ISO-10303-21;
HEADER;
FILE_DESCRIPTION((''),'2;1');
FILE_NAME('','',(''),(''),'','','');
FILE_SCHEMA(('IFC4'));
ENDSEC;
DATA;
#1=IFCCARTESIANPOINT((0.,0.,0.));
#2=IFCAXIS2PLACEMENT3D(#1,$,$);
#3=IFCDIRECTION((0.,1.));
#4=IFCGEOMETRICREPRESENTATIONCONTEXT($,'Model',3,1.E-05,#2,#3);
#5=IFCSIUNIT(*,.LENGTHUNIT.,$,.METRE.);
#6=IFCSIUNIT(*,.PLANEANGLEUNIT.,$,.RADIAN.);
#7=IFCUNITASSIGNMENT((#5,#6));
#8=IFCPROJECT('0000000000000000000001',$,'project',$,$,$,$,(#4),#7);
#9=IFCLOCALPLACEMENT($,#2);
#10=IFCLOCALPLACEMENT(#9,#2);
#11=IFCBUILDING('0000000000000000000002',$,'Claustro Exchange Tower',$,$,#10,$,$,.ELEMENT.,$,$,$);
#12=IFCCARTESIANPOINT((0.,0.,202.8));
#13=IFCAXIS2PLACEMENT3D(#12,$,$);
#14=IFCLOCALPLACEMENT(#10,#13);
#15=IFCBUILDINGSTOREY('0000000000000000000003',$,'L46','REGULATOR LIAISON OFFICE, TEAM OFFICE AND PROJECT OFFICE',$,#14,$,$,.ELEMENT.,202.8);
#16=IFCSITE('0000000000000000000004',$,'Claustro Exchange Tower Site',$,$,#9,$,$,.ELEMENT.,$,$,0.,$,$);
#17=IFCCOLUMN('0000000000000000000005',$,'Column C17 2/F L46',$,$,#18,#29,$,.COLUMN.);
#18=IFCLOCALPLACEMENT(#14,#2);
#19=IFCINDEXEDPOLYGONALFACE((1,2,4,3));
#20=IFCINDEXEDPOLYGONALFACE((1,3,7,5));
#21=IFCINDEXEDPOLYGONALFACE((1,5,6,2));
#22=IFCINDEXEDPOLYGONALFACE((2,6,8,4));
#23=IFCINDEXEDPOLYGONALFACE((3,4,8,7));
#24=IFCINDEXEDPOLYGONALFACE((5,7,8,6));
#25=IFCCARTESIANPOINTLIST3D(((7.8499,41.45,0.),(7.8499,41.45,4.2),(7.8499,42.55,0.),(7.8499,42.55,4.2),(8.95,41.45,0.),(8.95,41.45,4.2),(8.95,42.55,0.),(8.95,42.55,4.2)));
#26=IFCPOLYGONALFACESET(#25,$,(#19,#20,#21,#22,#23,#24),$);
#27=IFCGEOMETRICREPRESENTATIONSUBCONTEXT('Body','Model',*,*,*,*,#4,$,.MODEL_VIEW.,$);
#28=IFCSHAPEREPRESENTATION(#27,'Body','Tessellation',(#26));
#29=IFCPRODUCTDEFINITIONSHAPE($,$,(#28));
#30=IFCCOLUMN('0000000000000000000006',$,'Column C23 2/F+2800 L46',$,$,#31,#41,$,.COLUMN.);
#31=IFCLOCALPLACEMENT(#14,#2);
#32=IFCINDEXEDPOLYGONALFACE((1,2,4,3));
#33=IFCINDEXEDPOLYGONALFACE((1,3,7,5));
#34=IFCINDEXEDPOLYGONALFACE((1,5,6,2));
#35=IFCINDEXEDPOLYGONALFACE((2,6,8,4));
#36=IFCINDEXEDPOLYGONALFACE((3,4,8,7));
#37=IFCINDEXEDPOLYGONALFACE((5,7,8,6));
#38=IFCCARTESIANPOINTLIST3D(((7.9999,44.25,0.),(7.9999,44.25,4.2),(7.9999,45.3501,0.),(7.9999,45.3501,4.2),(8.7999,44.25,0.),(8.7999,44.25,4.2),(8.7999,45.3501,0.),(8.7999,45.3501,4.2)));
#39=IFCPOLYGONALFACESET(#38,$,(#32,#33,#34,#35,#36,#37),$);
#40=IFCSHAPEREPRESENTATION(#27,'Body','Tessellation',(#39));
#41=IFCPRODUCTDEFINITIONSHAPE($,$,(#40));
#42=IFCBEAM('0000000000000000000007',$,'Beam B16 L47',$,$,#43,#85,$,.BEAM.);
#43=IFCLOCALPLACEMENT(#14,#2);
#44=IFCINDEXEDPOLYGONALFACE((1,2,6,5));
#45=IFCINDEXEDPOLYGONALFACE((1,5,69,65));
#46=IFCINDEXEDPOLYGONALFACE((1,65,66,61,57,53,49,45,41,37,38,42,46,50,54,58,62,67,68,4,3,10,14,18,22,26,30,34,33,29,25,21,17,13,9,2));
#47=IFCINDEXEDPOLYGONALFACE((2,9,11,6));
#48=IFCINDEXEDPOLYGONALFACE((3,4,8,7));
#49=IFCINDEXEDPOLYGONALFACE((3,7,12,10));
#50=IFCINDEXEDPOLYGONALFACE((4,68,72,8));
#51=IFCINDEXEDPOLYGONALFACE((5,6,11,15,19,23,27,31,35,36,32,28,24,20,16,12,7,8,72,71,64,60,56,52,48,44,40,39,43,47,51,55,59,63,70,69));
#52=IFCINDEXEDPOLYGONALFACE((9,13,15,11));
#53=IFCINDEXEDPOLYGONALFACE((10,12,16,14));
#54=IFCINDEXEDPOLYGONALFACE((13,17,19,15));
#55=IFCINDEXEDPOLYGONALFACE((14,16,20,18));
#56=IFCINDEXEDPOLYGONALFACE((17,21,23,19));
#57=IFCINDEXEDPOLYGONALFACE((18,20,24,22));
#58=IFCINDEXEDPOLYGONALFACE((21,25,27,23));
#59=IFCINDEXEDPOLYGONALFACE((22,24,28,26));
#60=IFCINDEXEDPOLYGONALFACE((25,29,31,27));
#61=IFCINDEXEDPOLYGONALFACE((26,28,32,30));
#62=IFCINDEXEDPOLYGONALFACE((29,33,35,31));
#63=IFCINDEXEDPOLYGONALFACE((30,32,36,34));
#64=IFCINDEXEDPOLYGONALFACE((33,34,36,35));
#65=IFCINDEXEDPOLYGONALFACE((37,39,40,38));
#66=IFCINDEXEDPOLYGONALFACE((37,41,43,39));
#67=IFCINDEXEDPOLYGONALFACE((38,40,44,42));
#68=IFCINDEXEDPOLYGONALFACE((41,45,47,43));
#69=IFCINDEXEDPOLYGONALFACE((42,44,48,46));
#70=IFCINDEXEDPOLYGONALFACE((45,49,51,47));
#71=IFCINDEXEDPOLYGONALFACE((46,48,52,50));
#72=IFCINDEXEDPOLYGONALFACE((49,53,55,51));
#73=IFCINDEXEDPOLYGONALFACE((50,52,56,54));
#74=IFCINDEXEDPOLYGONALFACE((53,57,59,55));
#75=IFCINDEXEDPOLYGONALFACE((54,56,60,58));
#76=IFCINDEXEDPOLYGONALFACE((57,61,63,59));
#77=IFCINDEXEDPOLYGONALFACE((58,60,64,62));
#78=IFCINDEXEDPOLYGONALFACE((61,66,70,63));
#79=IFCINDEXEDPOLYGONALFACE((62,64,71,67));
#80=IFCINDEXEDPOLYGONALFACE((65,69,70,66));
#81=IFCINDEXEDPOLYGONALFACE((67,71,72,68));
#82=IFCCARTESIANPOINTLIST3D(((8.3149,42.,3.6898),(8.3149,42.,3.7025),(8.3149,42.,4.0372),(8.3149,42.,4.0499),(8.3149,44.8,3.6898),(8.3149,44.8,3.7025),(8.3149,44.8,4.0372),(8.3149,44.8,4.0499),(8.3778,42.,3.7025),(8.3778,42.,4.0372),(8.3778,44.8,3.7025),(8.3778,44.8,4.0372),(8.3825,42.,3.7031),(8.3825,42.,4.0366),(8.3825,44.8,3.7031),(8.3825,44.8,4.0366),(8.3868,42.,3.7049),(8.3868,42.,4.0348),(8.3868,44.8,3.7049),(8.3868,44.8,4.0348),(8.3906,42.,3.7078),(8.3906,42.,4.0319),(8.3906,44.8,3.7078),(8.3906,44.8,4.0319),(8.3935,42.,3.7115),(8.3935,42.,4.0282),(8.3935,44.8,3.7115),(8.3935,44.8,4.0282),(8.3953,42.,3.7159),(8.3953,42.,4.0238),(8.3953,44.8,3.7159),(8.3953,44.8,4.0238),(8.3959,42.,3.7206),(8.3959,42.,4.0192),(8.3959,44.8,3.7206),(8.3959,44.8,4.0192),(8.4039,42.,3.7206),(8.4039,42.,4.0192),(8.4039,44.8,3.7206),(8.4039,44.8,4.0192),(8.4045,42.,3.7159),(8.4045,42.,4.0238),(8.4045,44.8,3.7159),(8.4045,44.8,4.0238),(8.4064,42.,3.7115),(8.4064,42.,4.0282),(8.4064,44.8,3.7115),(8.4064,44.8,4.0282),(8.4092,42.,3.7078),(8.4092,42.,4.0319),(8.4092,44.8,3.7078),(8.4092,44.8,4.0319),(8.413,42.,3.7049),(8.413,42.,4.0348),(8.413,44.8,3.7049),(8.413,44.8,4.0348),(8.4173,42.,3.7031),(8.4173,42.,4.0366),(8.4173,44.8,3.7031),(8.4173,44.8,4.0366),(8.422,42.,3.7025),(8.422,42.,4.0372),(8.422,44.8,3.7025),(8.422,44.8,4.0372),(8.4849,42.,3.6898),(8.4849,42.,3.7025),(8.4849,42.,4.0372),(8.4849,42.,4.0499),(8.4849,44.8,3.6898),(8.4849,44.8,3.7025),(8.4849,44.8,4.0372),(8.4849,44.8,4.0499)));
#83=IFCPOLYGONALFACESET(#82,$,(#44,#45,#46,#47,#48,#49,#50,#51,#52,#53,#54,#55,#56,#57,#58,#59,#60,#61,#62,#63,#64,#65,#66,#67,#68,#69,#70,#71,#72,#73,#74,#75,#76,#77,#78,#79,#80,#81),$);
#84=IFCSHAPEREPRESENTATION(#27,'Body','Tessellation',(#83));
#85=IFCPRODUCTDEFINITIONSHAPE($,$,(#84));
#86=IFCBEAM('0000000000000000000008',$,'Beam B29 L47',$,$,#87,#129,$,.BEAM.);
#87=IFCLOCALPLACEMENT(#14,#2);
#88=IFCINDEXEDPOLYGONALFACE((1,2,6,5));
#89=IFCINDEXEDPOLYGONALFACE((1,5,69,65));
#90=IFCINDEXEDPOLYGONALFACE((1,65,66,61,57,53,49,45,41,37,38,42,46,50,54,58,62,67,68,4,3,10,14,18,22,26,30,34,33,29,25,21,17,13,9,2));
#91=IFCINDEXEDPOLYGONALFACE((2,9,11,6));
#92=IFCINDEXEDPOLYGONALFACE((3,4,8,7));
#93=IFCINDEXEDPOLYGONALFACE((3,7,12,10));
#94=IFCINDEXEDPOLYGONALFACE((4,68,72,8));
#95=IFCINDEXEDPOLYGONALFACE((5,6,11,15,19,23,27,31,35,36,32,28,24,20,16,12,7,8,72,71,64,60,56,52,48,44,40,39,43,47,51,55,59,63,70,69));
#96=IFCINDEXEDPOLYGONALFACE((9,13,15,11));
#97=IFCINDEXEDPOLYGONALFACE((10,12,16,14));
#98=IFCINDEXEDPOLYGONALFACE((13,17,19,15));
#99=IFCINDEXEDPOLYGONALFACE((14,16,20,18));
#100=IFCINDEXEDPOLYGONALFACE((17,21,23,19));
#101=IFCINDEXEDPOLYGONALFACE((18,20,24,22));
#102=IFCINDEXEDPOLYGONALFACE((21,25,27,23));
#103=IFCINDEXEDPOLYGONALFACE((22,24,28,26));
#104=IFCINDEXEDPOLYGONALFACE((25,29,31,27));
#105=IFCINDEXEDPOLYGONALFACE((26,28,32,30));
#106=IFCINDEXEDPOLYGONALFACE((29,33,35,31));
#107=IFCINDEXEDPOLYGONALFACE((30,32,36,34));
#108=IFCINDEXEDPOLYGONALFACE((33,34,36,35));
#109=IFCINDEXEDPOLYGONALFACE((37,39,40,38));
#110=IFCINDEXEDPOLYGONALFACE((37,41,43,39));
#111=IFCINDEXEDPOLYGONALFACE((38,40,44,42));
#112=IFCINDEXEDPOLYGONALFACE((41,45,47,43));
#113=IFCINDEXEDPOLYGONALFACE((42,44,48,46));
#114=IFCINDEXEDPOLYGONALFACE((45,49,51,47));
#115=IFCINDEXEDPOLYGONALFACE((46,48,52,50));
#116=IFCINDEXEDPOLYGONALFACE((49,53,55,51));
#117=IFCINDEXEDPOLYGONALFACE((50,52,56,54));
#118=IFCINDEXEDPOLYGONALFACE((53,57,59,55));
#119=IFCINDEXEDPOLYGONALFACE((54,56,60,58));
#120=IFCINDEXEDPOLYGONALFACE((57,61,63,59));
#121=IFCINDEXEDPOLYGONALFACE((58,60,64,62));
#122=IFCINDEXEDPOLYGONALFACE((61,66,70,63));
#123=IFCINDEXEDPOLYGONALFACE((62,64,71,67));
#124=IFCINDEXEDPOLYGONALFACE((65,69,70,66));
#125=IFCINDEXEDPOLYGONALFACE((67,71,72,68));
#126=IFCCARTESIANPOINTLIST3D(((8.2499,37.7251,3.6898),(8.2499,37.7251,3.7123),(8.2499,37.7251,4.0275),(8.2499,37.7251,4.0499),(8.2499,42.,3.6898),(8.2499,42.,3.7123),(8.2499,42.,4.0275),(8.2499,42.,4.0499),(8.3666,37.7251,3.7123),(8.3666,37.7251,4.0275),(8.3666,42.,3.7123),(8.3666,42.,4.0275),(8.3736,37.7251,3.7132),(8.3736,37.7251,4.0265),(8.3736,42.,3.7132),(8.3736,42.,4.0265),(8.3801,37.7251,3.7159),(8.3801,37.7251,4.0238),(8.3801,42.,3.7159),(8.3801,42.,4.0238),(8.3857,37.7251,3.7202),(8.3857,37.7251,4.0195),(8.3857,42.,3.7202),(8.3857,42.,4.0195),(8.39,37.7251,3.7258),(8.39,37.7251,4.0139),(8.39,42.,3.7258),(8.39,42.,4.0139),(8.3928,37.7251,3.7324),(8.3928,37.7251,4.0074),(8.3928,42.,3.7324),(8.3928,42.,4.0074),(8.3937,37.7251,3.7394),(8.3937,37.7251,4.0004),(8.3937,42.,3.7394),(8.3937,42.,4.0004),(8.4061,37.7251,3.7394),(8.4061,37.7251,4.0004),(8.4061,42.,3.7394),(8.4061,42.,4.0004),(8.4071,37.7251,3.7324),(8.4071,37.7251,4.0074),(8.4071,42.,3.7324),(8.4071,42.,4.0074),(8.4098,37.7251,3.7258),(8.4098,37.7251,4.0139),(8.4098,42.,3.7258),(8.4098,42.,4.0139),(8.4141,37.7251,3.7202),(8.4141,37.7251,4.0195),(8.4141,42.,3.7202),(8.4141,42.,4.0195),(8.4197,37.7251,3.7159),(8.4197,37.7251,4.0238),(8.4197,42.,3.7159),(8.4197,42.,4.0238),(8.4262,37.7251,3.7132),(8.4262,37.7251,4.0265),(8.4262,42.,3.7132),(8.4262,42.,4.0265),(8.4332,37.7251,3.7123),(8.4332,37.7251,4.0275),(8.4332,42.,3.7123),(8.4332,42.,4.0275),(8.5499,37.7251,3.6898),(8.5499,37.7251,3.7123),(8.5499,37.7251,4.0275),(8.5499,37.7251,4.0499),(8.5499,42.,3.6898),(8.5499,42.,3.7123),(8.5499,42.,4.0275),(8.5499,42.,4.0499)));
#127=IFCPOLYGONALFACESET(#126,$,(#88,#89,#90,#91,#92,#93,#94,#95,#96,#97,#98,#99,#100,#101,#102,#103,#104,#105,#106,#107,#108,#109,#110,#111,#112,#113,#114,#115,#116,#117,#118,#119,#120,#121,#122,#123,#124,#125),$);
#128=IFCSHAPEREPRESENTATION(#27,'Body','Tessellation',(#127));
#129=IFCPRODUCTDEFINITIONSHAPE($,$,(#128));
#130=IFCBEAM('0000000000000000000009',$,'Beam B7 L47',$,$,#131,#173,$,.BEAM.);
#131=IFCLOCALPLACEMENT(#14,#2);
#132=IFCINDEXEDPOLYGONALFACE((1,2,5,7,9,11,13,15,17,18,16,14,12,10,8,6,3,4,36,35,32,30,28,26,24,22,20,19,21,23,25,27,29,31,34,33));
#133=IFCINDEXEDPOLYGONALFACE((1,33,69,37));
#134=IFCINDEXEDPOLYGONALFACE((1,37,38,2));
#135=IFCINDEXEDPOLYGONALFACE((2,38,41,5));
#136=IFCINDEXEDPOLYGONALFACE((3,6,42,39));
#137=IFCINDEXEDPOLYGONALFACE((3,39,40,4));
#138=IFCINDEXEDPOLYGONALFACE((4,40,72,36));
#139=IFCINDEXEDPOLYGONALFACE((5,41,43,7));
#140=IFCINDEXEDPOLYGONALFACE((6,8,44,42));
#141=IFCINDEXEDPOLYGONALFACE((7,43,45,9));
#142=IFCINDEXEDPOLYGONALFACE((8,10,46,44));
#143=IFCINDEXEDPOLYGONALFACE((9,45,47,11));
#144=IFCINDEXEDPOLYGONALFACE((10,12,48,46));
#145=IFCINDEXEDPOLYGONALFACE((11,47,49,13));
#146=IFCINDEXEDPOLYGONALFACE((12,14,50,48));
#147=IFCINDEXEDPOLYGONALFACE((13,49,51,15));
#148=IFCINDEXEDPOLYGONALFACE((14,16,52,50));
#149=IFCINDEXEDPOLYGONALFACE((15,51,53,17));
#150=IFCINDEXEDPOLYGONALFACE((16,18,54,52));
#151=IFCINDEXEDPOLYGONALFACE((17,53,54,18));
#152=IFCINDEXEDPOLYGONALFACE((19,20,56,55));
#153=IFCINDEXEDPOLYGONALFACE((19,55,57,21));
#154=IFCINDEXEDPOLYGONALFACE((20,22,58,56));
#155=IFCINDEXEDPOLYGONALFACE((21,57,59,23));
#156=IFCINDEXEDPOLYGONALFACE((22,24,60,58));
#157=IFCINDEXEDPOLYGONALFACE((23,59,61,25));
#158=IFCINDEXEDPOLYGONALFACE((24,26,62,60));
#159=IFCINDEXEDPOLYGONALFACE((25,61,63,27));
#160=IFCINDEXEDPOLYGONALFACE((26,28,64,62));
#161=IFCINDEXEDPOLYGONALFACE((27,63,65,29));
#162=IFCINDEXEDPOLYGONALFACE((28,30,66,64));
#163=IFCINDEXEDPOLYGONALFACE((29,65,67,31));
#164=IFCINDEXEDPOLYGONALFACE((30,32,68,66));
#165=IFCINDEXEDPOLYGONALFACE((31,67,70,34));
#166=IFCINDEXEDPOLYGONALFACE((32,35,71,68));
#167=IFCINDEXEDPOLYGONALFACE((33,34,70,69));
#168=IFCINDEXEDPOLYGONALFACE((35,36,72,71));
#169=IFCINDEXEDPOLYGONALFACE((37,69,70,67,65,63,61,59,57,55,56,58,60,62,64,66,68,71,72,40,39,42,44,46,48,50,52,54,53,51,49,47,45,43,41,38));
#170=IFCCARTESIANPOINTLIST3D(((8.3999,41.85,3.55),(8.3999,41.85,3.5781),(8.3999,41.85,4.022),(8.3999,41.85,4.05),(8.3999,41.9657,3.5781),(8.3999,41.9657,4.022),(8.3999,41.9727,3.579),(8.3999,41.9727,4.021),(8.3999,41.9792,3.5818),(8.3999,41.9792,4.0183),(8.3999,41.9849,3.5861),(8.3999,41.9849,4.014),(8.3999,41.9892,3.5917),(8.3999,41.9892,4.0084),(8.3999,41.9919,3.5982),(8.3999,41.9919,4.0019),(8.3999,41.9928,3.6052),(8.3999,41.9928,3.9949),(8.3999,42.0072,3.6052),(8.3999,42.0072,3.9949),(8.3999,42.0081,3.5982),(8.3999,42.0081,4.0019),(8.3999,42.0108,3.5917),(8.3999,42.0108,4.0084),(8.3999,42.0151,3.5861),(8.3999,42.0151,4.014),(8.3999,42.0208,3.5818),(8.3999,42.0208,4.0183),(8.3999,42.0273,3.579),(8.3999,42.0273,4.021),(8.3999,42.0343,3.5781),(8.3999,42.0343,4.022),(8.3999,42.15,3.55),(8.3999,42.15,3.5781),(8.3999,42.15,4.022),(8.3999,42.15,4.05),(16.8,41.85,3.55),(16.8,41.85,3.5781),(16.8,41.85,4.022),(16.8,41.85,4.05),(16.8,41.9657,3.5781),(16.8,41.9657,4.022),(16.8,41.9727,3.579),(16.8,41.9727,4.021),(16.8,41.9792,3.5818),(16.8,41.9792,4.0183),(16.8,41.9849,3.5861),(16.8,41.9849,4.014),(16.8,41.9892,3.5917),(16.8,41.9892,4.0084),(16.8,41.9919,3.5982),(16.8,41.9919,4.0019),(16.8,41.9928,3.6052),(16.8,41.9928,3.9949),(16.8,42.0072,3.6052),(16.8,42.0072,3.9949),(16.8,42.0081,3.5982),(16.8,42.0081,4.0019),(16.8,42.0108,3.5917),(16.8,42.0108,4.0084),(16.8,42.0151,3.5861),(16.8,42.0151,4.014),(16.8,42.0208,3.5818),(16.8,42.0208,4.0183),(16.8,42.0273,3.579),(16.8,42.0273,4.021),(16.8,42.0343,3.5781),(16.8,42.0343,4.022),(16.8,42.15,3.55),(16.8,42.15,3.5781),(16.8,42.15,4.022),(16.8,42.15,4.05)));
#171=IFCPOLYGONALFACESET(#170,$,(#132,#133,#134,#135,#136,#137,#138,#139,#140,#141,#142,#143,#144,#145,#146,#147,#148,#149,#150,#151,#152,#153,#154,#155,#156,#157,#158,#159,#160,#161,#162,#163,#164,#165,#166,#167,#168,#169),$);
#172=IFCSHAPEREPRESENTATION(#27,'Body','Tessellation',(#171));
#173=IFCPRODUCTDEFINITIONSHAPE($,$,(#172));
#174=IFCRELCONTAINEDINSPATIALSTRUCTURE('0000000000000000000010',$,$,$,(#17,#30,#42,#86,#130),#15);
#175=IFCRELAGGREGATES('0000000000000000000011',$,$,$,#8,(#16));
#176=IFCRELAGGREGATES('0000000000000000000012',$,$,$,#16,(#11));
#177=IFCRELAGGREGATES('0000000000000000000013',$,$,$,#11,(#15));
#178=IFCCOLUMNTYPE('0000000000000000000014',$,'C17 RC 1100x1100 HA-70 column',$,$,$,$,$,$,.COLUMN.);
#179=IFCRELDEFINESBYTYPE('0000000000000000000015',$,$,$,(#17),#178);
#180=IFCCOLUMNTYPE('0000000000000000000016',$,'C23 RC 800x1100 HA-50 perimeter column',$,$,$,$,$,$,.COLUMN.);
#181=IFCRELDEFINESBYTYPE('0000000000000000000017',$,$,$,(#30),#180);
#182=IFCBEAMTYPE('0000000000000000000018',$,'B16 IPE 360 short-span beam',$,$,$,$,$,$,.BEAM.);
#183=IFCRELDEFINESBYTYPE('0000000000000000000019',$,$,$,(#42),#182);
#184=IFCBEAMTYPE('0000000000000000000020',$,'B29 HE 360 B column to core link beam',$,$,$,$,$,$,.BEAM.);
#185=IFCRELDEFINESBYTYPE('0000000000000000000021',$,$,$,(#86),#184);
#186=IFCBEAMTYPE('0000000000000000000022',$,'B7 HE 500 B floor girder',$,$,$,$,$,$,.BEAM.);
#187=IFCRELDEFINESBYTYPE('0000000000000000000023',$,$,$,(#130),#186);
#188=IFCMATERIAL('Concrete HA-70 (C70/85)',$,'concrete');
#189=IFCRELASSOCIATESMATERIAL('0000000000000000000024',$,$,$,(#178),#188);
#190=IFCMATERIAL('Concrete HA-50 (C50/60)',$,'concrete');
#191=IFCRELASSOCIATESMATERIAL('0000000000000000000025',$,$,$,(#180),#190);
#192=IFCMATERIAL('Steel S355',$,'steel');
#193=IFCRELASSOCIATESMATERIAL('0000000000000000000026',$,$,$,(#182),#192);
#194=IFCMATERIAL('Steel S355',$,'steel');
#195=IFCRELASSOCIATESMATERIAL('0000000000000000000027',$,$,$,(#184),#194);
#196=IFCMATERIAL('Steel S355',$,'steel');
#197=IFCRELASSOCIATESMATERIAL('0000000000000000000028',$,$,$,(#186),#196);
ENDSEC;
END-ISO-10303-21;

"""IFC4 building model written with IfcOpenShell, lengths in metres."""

from ifc_helpers import new_model, si_unit, direction, frame, origin, origin_2d, place, context, subcontext, project, spatial, rectangle, i_section, extrude, material, material_profile, profile_set, type_object, element, save


model = new_model("IFC4")

# Units and contexts
model_context = context("Model", 3, precision=1e-05, world=origin(), true_north=direction((0.0, 1.0)))
body_context = subcontext(model_context, "Body", "Model", "MODEL_VIEW")
ifc_project = project(units=[si_unit("LENGTHUNIT", "METRE"), si_unit("PLANEANGLEUNIT", "RADIAN")], contexts=[model_context])

# Site, building, storey
site_placement = place(None, origin())
site = spatial("IfcSite", under=ifc_project, at=site_placement, Name="Claustro Exchange Tower Site", CompositionType="ELEMENT", RefElevation=0.0)
building_placement = place(site_placement, origin())
building = spatial("IfcBuilding", under=site, at=building_placement, Name="Claustro Exchange Tower", CompositionType="ELEMENT")
storey_placement = place(building_placement, frame((0.0, 0.0, 202.8)))
storey = spatial("IfcBuildingStorey", under=building, at=storey_placement, Name="L46", Description="REGULATOR LIAISON OFFICE, TEAM OFFICE AND PROJECT OFFICE", CompositionType="ELEMENT", Elevation=202.8)

# Columns
ifc_material_1 = material(Name="Concrete HA-70 (C70/85)", Category="concrete")
ifc_material_profile_1 = material_profile(ifc_material_1, rectangle(XDim=1.1001, YDim=1.1001, at=origin_2d()), Name="RC 1100x1100")
ifc_profile_set_1 = profile_set([ifc_material_profile_1], Name="Concrete HA-70 (C70/85)")
column_type_1 = type_object("IfcColumnType", Name="C17 RC 1100x1100 HA-70 column", PredefinedType="COLUMN", material=ifc_profile_set_1)
column_1_placement = place(storey_placement, frame((8.3999, 42.0, 0.0), z_axis=(0.0, 0.0, 1.0), x_axis=(1.0, 0.0, 0.0)))
element("IfcColumn", 1, at=column_1_placement, inside=storey, type_object=column_type_1, Name="Column C17 2/F L46", PredefinedType="COLUMN", context=body_context, shape_type="SweptSolid", body=[
    extrude(rectangle(XDim=1.1001, YDim=1.1001, at=origin_2d()), origin(), (0.0, 0.0, 1.0), 4.2),
])
ifc_material_2 = material(Name="Concrete HA-50 (C50/60)", Category="concrete")
ifc_material_profile_2 = material_profile(ifc_material_2, rectangle(XDim=0.8, YDim=1.1001, at=origin_2d()), Name="RC 800x1100")
ifc_profile_set_2 = profile_set([ifc_material_profile_2], Name="Concrete HA-50 (C50/60)")
column_type_2 = type_object("IfcColumnType", Name="C23 RC 800x1100 HA-50 perimeter column", PredefinedType="COLUMN", material=ifc_profile_set_2)
column_2_placement = place(storey_placement, frame((8.3999, 44.8, 0.0), z_axis=(0.0, 0.0, 1.0), x_axis=(1.0, 0.0, 0.0)))
element("IfcColumn", 2, at=column_2_placement, inside=storey, type_object=column_type_2, Name="Column C23 2/F+2800 L46", PredefinedType="COLUMN", context=body_context, shape_type="SweptSolid", body=[
    extrude(rectangle(XDim=0.8, YDim=1.1001, at=origin_2d()), origin(), (0.0, 0.0, 1.0), 4.2),
])

# Beams
ifc_material_3 = material(Name="Steel S355", Category="steel")
ifc_material_profile_3 = material_profile(ifc_material_3, i_section(OverallWidth=0.1699, OverallDepth=0.3601, WebThickness=0.0081, FlangeThickness=0.0127, FilletRadius=0.0181, at=origin_2d()), Name="IPE 360")
ifc_profile_set_3 = profile_set([ifc_material_profile_3], Name="Steel S355")
beam_type_1 = type_object("IfcBeamType", Name="B16 IPE 360 short-span beam", PredefinedType="BEAM", material=ifc_profile_set_3)
beam_1_placement = place(storey_placement, frame((8.3999, 42.0, 3.8699), z_axis=(0.0, 1.0, 0.0), x_axis=(-1.0, 0.0, 0.0)))
element("IfcBeam", 3, at=beam_1_placement, inside=storey, type_object=beam_type_1, Name="Beam B16 L47", PredefinedType="BEAM", context=body_context, shape_type="SweptSolid", body=[
    extrude(i_section(OverallWidth=0.1699, OverallDepth=0.3601, WebThickness=0.0081, FlangeThickness=0.0127, FilletRadius=0.0181, at=origin_2d()), origin(), (0.0, 0.0, 1.0), 2.8),
])
ifc_material_4 = material(Name="Steel S355", Category="steel")
ifc_material_profile_4 = material_profile(ifc_material_4, i_section(OverallWidth=0.3, OverallDepth=0.3601, WebThickness=0.0125, FlangeThickness=0.0225, FilletRadius=0.0271, at=origin_2d()), Name="HE 360 B")
ifc_profile_set_4 = profile_set([ifc_material_profile_4], Name="Steel S355")
beam_type_2 = type_object("IfcBeamType", Name="B29 HE 360 B column to core link beam", PredefinedType="BEAM", material=ifc_profile_set_4)
beam_2_placement = place(storey_placement, frame((8.3999, 37.7251, 3.8699), z_axis=(0.0, 1.0, 0.0), x_axis=(-1.0, 0.0, 0.0)))
element("IfcBeam", 4, at=beam_2_placement, inside=storey, type_object=beam_type_2, Name="Beam B29 L47", PredefinedType="BEAM", context=body_context, shape_type="SweptSolid", body=[
    extrude(i_section(OverallWidth=0.3, OverallDepth=0.3601, WebThickness=0.0125, FlangeThickness=0.0225, FilletRadius=0.0271, at=origin_2d()), origin(), (0.0, 0.0, 1.0), 4.2749),
])
ifc_material_5 = material(Name="Steel S355", Category="steel")
ifc_material_profile_5 = material_profile(ifc_material_5, i_section(OverallWidth=0.3, OverallDepth=0.5, WebThickness=0.0144, FlangeThickness=0.0281, FilletRadius=0.0271, at=origin_2d()), Name="HE 500 B")
ifc_profile_set_5 = profile_set([ifc_material_profile_5], Name="Steel S355")
beam_type_3 = type_object("IfcBeamType", Name="B7 HE 500 B floor girder", PredefinedType="BEAM", material=ifc_profile_set_5)
beam_3_placement = place(storey_placement, frame((8.3999, 42.0, 3.8), z_axis=(1.0, 0.0, 0.0), x_axis=(0.0, 1.0, 0.0)))
element("IfcBeam", 5, at=beam_3_placement, inside=storey, type_object=beam_type_3, Name="Beam B7 L47", PredefinedType="BEAM", context=body_context, shape_type="SweptSolid", body=[
    extrude(i_section(OverallWidth=0.3, OverallDepth=0.5, WebThickness=0.0144, FlangeThickness=0.0281, FilletRadius=0.0271, at=origin_2d()), origin(), (0.0, 0.0, 1.0), 8.4001),
])

save(model, "model.ifc")
